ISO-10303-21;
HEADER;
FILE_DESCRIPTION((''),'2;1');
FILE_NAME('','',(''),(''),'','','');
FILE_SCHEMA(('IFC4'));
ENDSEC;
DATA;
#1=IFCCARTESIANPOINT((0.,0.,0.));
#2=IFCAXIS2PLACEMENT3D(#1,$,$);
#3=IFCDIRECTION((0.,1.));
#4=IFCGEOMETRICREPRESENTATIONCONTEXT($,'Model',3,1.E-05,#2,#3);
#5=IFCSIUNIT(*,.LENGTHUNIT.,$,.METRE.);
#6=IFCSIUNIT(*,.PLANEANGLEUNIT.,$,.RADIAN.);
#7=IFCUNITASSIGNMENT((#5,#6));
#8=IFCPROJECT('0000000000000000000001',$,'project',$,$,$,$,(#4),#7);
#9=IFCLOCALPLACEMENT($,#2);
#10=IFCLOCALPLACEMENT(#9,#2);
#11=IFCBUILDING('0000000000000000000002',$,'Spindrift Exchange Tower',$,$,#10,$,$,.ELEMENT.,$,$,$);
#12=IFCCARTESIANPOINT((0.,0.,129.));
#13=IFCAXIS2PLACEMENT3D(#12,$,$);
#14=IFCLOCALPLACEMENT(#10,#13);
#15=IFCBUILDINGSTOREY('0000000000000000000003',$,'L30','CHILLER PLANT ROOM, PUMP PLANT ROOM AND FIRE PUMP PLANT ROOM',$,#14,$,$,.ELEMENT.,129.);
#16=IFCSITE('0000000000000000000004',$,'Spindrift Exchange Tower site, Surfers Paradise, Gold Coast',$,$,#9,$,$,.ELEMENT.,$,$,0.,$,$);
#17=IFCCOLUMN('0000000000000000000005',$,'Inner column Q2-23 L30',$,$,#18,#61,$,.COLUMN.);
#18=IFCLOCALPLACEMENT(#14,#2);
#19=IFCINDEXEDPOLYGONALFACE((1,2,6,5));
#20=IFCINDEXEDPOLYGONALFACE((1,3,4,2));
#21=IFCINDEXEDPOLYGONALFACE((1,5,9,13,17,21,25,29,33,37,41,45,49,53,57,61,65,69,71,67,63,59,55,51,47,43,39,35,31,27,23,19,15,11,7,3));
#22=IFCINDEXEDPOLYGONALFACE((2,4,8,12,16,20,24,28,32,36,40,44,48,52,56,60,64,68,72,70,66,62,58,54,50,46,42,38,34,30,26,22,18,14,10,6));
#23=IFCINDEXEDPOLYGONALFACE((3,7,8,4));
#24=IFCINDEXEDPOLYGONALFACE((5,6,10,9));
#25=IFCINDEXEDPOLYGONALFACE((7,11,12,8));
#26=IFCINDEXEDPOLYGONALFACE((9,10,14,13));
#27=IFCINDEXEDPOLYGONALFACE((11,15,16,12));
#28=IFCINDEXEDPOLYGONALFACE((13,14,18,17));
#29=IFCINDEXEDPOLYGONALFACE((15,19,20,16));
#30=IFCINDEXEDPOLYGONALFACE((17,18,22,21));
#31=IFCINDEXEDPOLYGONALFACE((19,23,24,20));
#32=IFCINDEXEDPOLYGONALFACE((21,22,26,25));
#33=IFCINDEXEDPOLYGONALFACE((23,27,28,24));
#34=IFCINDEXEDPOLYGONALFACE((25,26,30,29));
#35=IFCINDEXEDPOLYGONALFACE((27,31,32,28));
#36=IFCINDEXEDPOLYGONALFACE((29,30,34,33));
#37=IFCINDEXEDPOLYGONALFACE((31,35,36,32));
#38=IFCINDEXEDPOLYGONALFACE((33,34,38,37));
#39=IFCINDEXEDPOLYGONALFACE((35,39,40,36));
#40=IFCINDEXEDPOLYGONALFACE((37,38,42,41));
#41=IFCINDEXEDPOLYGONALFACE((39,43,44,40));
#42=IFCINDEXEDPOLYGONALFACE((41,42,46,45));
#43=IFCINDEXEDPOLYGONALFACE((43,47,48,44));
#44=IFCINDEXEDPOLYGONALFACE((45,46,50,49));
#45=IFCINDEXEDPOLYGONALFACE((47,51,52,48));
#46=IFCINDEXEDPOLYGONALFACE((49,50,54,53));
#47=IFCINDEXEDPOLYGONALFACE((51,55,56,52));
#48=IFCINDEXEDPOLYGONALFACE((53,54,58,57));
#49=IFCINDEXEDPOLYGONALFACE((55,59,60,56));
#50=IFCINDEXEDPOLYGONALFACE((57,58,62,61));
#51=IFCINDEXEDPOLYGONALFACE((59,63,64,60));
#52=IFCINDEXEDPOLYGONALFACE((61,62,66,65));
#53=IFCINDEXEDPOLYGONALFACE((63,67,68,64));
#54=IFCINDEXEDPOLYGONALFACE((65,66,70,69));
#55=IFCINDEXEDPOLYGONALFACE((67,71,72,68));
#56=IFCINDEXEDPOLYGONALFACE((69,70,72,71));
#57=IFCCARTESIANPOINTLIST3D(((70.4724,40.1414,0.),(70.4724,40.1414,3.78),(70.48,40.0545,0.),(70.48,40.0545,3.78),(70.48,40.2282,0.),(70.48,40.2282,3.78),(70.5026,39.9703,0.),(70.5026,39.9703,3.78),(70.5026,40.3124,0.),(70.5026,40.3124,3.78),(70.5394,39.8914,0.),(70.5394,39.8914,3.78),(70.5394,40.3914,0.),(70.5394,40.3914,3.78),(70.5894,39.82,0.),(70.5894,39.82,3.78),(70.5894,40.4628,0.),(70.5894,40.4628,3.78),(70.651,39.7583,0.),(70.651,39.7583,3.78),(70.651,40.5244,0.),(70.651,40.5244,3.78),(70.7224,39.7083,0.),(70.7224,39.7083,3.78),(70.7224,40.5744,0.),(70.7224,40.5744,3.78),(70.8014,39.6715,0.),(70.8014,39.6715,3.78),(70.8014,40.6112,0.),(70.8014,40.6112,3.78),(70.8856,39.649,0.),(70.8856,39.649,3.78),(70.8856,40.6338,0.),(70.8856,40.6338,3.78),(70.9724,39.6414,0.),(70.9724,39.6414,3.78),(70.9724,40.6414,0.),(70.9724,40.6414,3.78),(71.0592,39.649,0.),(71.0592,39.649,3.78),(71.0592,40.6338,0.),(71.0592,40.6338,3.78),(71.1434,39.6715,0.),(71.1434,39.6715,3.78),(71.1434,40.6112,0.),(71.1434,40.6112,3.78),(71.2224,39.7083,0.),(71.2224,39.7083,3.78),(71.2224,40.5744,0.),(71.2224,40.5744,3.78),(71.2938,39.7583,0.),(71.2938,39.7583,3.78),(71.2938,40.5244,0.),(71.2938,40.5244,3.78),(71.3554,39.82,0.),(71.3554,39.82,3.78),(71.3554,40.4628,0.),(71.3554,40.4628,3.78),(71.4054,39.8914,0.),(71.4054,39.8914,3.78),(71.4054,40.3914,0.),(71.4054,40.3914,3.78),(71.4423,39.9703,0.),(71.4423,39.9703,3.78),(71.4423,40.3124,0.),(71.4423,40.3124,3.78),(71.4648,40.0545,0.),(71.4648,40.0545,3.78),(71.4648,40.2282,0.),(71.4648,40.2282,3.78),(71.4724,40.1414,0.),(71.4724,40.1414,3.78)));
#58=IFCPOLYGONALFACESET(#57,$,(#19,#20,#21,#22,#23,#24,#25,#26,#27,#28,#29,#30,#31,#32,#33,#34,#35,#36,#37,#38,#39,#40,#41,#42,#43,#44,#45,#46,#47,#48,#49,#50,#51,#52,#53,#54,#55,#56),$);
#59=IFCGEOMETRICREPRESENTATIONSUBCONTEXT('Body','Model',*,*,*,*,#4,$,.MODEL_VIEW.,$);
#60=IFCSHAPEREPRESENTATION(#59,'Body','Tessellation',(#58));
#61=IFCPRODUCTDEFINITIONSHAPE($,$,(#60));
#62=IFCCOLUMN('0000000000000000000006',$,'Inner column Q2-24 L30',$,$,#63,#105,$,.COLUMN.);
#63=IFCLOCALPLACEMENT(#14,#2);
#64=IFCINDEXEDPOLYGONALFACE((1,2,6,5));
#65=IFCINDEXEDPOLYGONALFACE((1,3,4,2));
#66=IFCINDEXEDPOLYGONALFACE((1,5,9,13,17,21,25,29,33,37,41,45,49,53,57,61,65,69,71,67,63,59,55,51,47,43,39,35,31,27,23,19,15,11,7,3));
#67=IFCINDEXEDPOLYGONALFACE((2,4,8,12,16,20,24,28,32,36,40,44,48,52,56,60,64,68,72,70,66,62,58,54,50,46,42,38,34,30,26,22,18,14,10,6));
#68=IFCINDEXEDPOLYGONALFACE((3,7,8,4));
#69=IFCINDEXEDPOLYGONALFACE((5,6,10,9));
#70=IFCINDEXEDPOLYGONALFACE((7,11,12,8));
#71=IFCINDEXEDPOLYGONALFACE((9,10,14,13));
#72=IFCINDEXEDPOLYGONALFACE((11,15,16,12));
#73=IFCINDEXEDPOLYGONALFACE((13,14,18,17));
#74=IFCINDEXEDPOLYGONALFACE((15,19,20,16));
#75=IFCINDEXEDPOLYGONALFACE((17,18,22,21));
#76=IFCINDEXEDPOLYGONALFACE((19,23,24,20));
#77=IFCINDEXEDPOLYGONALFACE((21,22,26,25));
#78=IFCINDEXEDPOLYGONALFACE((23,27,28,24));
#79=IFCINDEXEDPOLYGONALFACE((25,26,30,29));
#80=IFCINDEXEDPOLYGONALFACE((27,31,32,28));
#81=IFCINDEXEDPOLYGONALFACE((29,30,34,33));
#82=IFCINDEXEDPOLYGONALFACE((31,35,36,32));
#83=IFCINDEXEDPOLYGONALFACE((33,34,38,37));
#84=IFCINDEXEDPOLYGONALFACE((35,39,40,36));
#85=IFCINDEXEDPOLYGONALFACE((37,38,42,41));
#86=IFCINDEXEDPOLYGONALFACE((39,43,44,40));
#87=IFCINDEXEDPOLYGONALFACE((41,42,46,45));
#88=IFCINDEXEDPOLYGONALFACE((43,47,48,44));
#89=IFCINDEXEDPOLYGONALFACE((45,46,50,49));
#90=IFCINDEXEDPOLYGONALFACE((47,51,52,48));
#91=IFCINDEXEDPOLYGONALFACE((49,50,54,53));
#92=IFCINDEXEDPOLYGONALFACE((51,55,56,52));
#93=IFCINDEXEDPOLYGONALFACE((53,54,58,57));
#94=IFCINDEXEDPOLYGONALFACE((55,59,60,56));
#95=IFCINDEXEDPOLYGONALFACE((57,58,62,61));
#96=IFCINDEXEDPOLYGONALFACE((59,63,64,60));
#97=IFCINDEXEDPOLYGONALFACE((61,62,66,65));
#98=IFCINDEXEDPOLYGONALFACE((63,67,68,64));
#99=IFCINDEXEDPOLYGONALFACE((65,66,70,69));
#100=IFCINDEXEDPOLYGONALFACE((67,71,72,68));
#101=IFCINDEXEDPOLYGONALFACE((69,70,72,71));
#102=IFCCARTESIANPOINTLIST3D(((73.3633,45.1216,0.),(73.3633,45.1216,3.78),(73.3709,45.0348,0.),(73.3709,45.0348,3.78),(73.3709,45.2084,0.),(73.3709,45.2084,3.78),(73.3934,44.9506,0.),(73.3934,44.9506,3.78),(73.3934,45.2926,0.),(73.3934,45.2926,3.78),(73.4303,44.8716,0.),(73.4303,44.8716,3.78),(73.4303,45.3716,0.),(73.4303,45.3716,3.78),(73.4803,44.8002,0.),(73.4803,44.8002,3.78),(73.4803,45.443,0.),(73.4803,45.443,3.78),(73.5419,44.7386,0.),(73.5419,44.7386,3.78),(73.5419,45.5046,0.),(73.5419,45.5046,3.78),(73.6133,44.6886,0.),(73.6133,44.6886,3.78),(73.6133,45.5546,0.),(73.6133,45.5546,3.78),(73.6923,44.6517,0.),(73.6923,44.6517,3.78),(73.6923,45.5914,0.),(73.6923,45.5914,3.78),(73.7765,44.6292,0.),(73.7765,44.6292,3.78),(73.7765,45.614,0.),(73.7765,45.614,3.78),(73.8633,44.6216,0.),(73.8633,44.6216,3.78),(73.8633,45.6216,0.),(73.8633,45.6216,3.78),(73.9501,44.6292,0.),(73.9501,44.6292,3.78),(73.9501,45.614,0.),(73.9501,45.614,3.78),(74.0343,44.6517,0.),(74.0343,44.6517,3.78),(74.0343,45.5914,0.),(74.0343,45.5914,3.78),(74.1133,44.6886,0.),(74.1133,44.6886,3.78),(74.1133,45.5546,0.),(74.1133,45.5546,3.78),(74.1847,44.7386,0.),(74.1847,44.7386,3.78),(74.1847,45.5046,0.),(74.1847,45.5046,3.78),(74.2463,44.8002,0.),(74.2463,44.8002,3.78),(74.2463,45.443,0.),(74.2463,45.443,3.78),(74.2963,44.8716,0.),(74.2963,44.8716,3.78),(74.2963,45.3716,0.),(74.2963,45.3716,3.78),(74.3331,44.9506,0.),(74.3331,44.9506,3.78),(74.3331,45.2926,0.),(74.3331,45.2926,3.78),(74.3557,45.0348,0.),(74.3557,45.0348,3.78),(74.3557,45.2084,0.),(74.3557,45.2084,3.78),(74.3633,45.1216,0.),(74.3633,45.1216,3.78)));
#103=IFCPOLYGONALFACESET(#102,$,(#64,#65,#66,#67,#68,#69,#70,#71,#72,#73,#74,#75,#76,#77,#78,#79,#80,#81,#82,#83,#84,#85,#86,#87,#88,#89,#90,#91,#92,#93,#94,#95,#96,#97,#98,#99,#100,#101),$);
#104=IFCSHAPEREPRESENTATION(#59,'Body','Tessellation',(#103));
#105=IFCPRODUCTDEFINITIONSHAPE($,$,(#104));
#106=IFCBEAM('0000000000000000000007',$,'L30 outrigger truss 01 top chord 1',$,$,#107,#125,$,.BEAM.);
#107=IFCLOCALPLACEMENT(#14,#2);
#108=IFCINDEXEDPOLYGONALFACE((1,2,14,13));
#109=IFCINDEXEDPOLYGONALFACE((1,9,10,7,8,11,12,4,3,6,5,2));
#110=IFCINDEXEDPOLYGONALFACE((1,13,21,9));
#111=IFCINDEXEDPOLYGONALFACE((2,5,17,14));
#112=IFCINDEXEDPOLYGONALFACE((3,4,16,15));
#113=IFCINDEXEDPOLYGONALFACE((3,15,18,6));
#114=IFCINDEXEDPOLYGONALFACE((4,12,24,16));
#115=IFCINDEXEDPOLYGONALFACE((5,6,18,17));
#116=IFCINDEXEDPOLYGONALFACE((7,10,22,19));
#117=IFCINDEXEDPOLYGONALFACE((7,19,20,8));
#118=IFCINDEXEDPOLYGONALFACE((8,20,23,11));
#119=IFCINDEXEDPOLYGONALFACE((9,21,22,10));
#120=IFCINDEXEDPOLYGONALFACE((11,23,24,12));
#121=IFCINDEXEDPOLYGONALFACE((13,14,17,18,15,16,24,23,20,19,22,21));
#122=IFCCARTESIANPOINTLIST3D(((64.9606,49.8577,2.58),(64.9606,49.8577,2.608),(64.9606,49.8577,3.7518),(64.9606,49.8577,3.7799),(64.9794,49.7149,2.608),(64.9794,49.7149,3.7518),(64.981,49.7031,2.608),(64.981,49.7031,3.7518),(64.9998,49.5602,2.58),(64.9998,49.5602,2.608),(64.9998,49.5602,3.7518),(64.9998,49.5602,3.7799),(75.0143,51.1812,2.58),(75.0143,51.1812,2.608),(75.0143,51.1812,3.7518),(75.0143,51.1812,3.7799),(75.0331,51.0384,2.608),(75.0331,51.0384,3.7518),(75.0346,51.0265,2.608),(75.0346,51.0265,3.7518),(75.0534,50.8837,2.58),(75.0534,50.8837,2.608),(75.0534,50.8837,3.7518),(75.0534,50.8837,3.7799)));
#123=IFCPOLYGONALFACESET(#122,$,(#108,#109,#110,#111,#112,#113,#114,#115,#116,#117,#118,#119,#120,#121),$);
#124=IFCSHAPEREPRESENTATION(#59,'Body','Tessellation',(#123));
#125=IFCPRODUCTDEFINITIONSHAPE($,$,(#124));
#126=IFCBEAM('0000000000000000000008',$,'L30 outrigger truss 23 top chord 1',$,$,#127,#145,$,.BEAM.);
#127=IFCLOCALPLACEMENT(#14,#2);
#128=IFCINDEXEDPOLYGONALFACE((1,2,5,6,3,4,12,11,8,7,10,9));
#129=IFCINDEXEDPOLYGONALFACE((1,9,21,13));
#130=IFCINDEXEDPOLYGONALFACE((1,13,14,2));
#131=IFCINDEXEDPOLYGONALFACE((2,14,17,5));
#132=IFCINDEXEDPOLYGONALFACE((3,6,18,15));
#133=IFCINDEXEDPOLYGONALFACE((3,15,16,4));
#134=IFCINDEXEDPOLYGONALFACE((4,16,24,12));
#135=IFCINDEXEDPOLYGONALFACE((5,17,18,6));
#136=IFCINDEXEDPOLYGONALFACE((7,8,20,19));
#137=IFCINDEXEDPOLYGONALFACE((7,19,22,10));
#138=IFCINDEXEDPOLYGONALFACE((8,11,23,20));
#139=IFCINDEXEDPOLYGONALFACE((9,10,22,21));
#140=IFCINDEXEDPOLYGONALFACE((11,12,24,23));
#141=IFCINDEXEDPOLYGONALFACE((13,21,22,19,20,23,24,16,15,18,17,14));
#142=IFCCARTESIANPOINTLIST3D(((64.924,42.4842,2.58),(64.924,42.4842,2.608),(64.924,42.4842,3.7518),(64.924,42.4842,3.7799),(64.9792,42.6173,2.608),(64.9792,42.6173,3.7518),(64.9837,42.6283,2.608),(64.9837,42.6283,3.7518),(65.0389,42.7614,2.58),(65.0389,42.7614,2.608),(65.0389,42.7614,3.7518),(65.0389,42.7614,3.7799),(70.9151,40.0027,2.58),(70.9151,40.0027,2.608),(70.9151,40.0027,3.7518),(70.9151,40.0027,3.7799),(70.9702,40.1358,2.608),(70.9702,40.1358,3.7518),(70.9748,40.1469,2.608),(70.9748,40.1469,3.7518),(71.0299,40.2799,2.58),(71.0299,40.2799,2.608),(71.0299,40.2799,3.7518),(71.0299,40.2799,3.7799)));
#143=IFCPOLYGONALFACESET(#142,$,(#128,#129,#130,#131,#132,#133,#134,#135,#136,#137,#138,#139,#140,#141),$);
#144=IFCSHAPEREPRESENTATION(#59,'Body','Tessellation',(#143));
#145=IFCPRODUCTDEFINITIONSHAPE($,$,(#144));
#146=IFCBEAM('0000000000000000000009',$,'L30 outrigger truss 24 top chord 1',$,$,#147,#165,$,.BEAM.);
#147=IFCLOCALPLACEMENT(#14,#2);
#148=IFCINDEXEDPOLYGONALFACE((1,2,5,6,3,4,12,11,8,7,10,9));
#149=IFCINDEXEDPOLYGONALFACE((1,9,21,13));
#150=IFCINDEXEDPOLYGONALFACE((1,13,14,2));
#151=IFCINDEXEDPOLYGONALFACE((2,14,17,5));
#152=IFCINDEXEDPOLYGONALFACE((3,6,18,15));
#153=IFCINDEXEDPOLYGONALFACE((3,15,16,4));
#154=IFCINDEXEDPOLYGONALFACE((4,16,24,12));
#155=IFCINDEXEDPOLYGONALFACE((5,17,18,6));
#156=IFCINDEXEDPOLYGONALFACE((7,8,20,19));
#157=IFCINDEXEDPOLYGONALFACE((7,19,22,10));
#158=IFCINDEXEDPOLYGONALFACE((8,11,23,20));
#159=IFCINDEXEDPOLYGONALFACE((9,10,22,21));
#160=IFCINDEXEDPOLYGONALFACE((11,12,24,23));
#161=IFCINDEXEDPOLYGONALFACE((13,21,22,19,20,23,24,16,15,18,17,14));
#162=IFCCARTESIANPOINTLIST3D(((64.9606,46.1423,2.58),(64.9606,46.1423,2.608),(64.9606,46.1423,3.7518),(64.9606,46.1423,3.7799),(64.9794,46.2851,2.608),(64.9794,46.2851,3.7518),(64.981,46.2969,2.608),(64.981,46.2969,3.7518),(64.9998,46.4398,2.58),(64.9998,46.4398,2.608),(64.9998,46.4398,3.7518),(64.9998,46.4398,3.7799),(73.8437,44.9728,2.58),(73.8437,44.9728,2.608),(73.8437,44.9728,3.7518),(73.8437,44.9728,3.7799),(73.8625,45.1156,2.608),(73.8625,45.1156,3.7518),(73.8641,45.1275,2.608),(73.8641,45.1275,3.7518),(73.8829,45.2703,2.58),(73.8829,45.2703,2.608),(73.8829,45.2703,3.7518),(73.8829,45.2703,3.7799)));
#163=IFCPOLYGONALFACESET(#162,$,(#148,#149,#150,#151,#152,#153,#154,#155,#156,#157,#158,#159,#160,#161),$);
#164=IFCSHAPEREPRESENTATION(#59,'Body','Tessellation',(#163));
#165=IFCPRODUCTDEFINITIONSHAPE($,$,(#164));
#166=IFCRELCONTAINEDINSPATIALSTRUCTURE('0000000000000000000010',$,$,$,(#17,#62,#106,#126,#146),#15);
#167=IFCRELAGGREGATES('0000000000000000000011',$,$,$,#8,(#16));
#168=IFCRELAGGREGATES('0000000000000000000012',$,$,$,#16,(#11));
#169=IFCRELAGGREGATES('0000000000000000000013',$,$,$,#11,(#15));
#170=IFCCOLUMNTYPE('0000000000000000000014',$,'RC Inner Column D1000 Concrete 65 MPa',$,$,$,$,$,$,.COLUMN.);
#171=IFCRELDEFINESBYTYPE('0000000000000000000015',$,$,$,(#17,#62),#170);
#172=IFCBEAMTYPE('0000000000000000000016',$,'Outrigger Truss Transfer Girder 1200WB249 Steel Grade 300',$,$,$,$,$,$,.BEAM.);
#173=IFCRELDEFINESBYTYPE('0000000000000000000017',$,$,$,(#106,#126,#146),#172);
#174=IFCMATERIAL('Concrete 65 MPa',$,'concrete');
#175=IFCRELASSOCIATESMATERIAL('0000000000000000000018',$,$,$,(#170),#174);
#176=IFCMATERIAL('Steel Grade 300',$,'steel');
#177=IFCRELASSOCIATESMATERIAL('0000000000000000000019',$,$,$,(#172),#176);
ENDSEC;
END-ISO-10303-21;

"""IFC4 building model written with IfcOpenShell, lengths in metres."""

from ifc_helpers import new_model, si_unit, direction, frame, origin, origin_2d, place, context, subcontext, project, spatial, circle, i_section, extrude, source, transform, mapped, material, material_profile, profile_set, type_object, element, save


model = new_model("IFC4")

# Units and contexts
model_context = context("Model", 3, precision=1e-05, world=origin(), true_north=direction((0.0, 1.0)))
body_context = subcontext(model_context, "Body", "Model", "MODEL_VIEW")
ifc_project = project(units=[si_unit("LENGTHUNIT", "METRE"), si_unit("PLANEANGLEUNIT", "RADIAN")], contexts=[model_context])

# Site, building, storey
site_placement = place(None, origin())
site = spatial("IfcSite", under=ifc_project, at=site_placement, Name="Spindrift Exchange Tower site, Surfers Paradise, Gold Coast", CompositionType="ELEMENT", RefElevation=0.0)
building_placement = place(site_placement, origin())
building = spatial("IfcBuilding", under=site, at=building_placement, Name="Spindrift Exchange Tower", CompositionType="ELEMENT")
storey_placement = place(building_placement, frame((0.0, 0.0, 129.0)))
storey = spatial("IfcBuildingStorey", under=building, at=storey_placement, Name="L30", Description="CHILLER PLANT ROOM, PUMP PLANT ROOM AND FIRE PUMP PLANT ROOM", CompositionType="ELEMENT", Elevation=129.0)

# Columns
ifc_material_1 = material(Name="Concrete 65 MPa", Category="concrete")
ifc_material_profile_1 = material_profile(ifc_material_1, circle(Radius=0.5, at=origin_2d()), Name="RC D1000")
ifc_profile_set_1 = profile_set([ifc_material_profile_1], Name="Concrete 65 MPa")
column_type = type_object("IfcColumnType", Name="RC Inner Column D1000 Concrete 65 MPa", PredefinedType="COLUMN", material=ifc_profile_set_1)
shared_shape_1 = source(origin(), body_context, "Body", "SweptSolid", [
    extrude(circle(Radius=0.5, at=origin_2d()), origin(), (0.0, 0.0, 1.0), 3.78),
])
for number, where, z_axis, x_axis, name in (
    (1, (70.9724, 40.1414, 0.0), (0.0, 0.0, 1.0), (1.0, 0.0, 0.0), "Inner column Q2-23 L30"),
    (2, (73.8633, 45.1216, 0.0), (0.0, 0.0, 1.0), (1.0, 0.0, 0.0), "Inner column Q2-24 L30"),
):
    element("IfcColumn", number, at=place(storey_placement, frame(where, z_axis=z_axis, x_axis=x_axis)), inside=storey, type_object=column_type, Name=name, PredefinedType="COLUMN", context=body_context, shape_type="MappedRepresentation", body=[
        mapped(shared_shape_1, transform((0.0, 0.0, 0.0), scale=1.0)),
    ])

# Beams
ifc_material_2 = material(Name="Steel Grade 300", Category="steel")
ifc_material_profile_2 = material_profile(ifc_material_2, i_section(OverallWidth=0.3, OverallDepth=1.2, WebThickness=0.012, FlangeThickness=0.0281, at=origin_2d()), Name="1200WB249")
ifc_profile_set_2 = profile_set([ifc_material_profile_2], Name="Steel Grade 300")
beam_type = type_object("IfcBeamType", Name="Outrigger Truss Transfer Girder 1200WB249 Steel Grade 300", PredefinedType="BEAM", material=ifc_profile_set_2)
shared_shape_2 = source(origin(), body_context, "Body", "SweptSolid", [
    extrude(i_section(OverallWidth=0.3, OverallDepth=1.2, WebThickness=0.012, FlangeThickness=0.0281, at=origin_2d()), origin(), (0.0, 0.0, 1.0), 10.1404),
])
beam_1_placement = place(storey_placement, frame((64.9802, 49.709, 3.1799), z_axis=(0.991446, 0.130516, 0.0), x_axis=(-0.130516, 0.991446, 0.0)))
element("IfcBeam", 3, at=beam_1_placement, inside=storey, type_object=beam_type, Name="L30 outrigger truss 01 top chord 1", PredefinedType="BEAM", context=body_context, shape_type="MappedRepresentation", body=[
    mapped(shared_shape_2, transform((0.0, 0.0, 0.0), scale=1.0)),
])
shared_shape_3 = source(origin(), body_context, "Body", "SweptSolid", [
    extrude(i_section(OverallWidth=0.3, OverallDepth=1.2, WebThickness=0.012, FlangeThickness=0.0281, at=origin_2d()), origin(), (0.0, 0.0, 1.0), 6.4846),
])
beam_2_placement = place(storey_placement, frame((64.9814, 42.6228, 3.1799), z_axis=(0.923885, -0.382671, 0.0), x_axis=(0.382671, 0.923885, 0.0)))
element("IfcBeam", 4, at=beam_2_placement, inside=storey, type_object=beam_type, Name="L30 outrigger truss 23 top chord 1", PredefinedType="BEAM", context=body_context, shape_type="MappedRepresentation", body=[
    mapped(shared_shape_3, transform((0.0, 0.0, 0.0), scale=1.0)),
])
shared_shape_4 = source(origin(), body_context, "Body", "SweptSolid", [
    extrude(i_section(OverallWidth=0.3, OverallDepth=1.2, WebThickness=0.012, FlangeThickness=0.0281, at=origin_2d()), origin(), (0.0, 0.0, 1.0), 8.9597),
])
beam_3_placement = place(storey_placement, frame((64.9802, 46.291, 3.1799), z_axis=(0.991445, -0.130521, 0.0), x_axis=(0.130521, 0.991445, 0.0)))
element("IfcBeam", 5, at=beam_3_placement, inside=storey, type_object=beam_type, Name="L30 outrigger truss 24 top chord 1", PredefinedType="BEAM", context=body_context, shape_type="MappedRepresentation", body=[
    mapped(shared_shape_4, transform((0.0, 0.0, 0.0), scale=1.0)),
])

save(model, "model.ifc")
